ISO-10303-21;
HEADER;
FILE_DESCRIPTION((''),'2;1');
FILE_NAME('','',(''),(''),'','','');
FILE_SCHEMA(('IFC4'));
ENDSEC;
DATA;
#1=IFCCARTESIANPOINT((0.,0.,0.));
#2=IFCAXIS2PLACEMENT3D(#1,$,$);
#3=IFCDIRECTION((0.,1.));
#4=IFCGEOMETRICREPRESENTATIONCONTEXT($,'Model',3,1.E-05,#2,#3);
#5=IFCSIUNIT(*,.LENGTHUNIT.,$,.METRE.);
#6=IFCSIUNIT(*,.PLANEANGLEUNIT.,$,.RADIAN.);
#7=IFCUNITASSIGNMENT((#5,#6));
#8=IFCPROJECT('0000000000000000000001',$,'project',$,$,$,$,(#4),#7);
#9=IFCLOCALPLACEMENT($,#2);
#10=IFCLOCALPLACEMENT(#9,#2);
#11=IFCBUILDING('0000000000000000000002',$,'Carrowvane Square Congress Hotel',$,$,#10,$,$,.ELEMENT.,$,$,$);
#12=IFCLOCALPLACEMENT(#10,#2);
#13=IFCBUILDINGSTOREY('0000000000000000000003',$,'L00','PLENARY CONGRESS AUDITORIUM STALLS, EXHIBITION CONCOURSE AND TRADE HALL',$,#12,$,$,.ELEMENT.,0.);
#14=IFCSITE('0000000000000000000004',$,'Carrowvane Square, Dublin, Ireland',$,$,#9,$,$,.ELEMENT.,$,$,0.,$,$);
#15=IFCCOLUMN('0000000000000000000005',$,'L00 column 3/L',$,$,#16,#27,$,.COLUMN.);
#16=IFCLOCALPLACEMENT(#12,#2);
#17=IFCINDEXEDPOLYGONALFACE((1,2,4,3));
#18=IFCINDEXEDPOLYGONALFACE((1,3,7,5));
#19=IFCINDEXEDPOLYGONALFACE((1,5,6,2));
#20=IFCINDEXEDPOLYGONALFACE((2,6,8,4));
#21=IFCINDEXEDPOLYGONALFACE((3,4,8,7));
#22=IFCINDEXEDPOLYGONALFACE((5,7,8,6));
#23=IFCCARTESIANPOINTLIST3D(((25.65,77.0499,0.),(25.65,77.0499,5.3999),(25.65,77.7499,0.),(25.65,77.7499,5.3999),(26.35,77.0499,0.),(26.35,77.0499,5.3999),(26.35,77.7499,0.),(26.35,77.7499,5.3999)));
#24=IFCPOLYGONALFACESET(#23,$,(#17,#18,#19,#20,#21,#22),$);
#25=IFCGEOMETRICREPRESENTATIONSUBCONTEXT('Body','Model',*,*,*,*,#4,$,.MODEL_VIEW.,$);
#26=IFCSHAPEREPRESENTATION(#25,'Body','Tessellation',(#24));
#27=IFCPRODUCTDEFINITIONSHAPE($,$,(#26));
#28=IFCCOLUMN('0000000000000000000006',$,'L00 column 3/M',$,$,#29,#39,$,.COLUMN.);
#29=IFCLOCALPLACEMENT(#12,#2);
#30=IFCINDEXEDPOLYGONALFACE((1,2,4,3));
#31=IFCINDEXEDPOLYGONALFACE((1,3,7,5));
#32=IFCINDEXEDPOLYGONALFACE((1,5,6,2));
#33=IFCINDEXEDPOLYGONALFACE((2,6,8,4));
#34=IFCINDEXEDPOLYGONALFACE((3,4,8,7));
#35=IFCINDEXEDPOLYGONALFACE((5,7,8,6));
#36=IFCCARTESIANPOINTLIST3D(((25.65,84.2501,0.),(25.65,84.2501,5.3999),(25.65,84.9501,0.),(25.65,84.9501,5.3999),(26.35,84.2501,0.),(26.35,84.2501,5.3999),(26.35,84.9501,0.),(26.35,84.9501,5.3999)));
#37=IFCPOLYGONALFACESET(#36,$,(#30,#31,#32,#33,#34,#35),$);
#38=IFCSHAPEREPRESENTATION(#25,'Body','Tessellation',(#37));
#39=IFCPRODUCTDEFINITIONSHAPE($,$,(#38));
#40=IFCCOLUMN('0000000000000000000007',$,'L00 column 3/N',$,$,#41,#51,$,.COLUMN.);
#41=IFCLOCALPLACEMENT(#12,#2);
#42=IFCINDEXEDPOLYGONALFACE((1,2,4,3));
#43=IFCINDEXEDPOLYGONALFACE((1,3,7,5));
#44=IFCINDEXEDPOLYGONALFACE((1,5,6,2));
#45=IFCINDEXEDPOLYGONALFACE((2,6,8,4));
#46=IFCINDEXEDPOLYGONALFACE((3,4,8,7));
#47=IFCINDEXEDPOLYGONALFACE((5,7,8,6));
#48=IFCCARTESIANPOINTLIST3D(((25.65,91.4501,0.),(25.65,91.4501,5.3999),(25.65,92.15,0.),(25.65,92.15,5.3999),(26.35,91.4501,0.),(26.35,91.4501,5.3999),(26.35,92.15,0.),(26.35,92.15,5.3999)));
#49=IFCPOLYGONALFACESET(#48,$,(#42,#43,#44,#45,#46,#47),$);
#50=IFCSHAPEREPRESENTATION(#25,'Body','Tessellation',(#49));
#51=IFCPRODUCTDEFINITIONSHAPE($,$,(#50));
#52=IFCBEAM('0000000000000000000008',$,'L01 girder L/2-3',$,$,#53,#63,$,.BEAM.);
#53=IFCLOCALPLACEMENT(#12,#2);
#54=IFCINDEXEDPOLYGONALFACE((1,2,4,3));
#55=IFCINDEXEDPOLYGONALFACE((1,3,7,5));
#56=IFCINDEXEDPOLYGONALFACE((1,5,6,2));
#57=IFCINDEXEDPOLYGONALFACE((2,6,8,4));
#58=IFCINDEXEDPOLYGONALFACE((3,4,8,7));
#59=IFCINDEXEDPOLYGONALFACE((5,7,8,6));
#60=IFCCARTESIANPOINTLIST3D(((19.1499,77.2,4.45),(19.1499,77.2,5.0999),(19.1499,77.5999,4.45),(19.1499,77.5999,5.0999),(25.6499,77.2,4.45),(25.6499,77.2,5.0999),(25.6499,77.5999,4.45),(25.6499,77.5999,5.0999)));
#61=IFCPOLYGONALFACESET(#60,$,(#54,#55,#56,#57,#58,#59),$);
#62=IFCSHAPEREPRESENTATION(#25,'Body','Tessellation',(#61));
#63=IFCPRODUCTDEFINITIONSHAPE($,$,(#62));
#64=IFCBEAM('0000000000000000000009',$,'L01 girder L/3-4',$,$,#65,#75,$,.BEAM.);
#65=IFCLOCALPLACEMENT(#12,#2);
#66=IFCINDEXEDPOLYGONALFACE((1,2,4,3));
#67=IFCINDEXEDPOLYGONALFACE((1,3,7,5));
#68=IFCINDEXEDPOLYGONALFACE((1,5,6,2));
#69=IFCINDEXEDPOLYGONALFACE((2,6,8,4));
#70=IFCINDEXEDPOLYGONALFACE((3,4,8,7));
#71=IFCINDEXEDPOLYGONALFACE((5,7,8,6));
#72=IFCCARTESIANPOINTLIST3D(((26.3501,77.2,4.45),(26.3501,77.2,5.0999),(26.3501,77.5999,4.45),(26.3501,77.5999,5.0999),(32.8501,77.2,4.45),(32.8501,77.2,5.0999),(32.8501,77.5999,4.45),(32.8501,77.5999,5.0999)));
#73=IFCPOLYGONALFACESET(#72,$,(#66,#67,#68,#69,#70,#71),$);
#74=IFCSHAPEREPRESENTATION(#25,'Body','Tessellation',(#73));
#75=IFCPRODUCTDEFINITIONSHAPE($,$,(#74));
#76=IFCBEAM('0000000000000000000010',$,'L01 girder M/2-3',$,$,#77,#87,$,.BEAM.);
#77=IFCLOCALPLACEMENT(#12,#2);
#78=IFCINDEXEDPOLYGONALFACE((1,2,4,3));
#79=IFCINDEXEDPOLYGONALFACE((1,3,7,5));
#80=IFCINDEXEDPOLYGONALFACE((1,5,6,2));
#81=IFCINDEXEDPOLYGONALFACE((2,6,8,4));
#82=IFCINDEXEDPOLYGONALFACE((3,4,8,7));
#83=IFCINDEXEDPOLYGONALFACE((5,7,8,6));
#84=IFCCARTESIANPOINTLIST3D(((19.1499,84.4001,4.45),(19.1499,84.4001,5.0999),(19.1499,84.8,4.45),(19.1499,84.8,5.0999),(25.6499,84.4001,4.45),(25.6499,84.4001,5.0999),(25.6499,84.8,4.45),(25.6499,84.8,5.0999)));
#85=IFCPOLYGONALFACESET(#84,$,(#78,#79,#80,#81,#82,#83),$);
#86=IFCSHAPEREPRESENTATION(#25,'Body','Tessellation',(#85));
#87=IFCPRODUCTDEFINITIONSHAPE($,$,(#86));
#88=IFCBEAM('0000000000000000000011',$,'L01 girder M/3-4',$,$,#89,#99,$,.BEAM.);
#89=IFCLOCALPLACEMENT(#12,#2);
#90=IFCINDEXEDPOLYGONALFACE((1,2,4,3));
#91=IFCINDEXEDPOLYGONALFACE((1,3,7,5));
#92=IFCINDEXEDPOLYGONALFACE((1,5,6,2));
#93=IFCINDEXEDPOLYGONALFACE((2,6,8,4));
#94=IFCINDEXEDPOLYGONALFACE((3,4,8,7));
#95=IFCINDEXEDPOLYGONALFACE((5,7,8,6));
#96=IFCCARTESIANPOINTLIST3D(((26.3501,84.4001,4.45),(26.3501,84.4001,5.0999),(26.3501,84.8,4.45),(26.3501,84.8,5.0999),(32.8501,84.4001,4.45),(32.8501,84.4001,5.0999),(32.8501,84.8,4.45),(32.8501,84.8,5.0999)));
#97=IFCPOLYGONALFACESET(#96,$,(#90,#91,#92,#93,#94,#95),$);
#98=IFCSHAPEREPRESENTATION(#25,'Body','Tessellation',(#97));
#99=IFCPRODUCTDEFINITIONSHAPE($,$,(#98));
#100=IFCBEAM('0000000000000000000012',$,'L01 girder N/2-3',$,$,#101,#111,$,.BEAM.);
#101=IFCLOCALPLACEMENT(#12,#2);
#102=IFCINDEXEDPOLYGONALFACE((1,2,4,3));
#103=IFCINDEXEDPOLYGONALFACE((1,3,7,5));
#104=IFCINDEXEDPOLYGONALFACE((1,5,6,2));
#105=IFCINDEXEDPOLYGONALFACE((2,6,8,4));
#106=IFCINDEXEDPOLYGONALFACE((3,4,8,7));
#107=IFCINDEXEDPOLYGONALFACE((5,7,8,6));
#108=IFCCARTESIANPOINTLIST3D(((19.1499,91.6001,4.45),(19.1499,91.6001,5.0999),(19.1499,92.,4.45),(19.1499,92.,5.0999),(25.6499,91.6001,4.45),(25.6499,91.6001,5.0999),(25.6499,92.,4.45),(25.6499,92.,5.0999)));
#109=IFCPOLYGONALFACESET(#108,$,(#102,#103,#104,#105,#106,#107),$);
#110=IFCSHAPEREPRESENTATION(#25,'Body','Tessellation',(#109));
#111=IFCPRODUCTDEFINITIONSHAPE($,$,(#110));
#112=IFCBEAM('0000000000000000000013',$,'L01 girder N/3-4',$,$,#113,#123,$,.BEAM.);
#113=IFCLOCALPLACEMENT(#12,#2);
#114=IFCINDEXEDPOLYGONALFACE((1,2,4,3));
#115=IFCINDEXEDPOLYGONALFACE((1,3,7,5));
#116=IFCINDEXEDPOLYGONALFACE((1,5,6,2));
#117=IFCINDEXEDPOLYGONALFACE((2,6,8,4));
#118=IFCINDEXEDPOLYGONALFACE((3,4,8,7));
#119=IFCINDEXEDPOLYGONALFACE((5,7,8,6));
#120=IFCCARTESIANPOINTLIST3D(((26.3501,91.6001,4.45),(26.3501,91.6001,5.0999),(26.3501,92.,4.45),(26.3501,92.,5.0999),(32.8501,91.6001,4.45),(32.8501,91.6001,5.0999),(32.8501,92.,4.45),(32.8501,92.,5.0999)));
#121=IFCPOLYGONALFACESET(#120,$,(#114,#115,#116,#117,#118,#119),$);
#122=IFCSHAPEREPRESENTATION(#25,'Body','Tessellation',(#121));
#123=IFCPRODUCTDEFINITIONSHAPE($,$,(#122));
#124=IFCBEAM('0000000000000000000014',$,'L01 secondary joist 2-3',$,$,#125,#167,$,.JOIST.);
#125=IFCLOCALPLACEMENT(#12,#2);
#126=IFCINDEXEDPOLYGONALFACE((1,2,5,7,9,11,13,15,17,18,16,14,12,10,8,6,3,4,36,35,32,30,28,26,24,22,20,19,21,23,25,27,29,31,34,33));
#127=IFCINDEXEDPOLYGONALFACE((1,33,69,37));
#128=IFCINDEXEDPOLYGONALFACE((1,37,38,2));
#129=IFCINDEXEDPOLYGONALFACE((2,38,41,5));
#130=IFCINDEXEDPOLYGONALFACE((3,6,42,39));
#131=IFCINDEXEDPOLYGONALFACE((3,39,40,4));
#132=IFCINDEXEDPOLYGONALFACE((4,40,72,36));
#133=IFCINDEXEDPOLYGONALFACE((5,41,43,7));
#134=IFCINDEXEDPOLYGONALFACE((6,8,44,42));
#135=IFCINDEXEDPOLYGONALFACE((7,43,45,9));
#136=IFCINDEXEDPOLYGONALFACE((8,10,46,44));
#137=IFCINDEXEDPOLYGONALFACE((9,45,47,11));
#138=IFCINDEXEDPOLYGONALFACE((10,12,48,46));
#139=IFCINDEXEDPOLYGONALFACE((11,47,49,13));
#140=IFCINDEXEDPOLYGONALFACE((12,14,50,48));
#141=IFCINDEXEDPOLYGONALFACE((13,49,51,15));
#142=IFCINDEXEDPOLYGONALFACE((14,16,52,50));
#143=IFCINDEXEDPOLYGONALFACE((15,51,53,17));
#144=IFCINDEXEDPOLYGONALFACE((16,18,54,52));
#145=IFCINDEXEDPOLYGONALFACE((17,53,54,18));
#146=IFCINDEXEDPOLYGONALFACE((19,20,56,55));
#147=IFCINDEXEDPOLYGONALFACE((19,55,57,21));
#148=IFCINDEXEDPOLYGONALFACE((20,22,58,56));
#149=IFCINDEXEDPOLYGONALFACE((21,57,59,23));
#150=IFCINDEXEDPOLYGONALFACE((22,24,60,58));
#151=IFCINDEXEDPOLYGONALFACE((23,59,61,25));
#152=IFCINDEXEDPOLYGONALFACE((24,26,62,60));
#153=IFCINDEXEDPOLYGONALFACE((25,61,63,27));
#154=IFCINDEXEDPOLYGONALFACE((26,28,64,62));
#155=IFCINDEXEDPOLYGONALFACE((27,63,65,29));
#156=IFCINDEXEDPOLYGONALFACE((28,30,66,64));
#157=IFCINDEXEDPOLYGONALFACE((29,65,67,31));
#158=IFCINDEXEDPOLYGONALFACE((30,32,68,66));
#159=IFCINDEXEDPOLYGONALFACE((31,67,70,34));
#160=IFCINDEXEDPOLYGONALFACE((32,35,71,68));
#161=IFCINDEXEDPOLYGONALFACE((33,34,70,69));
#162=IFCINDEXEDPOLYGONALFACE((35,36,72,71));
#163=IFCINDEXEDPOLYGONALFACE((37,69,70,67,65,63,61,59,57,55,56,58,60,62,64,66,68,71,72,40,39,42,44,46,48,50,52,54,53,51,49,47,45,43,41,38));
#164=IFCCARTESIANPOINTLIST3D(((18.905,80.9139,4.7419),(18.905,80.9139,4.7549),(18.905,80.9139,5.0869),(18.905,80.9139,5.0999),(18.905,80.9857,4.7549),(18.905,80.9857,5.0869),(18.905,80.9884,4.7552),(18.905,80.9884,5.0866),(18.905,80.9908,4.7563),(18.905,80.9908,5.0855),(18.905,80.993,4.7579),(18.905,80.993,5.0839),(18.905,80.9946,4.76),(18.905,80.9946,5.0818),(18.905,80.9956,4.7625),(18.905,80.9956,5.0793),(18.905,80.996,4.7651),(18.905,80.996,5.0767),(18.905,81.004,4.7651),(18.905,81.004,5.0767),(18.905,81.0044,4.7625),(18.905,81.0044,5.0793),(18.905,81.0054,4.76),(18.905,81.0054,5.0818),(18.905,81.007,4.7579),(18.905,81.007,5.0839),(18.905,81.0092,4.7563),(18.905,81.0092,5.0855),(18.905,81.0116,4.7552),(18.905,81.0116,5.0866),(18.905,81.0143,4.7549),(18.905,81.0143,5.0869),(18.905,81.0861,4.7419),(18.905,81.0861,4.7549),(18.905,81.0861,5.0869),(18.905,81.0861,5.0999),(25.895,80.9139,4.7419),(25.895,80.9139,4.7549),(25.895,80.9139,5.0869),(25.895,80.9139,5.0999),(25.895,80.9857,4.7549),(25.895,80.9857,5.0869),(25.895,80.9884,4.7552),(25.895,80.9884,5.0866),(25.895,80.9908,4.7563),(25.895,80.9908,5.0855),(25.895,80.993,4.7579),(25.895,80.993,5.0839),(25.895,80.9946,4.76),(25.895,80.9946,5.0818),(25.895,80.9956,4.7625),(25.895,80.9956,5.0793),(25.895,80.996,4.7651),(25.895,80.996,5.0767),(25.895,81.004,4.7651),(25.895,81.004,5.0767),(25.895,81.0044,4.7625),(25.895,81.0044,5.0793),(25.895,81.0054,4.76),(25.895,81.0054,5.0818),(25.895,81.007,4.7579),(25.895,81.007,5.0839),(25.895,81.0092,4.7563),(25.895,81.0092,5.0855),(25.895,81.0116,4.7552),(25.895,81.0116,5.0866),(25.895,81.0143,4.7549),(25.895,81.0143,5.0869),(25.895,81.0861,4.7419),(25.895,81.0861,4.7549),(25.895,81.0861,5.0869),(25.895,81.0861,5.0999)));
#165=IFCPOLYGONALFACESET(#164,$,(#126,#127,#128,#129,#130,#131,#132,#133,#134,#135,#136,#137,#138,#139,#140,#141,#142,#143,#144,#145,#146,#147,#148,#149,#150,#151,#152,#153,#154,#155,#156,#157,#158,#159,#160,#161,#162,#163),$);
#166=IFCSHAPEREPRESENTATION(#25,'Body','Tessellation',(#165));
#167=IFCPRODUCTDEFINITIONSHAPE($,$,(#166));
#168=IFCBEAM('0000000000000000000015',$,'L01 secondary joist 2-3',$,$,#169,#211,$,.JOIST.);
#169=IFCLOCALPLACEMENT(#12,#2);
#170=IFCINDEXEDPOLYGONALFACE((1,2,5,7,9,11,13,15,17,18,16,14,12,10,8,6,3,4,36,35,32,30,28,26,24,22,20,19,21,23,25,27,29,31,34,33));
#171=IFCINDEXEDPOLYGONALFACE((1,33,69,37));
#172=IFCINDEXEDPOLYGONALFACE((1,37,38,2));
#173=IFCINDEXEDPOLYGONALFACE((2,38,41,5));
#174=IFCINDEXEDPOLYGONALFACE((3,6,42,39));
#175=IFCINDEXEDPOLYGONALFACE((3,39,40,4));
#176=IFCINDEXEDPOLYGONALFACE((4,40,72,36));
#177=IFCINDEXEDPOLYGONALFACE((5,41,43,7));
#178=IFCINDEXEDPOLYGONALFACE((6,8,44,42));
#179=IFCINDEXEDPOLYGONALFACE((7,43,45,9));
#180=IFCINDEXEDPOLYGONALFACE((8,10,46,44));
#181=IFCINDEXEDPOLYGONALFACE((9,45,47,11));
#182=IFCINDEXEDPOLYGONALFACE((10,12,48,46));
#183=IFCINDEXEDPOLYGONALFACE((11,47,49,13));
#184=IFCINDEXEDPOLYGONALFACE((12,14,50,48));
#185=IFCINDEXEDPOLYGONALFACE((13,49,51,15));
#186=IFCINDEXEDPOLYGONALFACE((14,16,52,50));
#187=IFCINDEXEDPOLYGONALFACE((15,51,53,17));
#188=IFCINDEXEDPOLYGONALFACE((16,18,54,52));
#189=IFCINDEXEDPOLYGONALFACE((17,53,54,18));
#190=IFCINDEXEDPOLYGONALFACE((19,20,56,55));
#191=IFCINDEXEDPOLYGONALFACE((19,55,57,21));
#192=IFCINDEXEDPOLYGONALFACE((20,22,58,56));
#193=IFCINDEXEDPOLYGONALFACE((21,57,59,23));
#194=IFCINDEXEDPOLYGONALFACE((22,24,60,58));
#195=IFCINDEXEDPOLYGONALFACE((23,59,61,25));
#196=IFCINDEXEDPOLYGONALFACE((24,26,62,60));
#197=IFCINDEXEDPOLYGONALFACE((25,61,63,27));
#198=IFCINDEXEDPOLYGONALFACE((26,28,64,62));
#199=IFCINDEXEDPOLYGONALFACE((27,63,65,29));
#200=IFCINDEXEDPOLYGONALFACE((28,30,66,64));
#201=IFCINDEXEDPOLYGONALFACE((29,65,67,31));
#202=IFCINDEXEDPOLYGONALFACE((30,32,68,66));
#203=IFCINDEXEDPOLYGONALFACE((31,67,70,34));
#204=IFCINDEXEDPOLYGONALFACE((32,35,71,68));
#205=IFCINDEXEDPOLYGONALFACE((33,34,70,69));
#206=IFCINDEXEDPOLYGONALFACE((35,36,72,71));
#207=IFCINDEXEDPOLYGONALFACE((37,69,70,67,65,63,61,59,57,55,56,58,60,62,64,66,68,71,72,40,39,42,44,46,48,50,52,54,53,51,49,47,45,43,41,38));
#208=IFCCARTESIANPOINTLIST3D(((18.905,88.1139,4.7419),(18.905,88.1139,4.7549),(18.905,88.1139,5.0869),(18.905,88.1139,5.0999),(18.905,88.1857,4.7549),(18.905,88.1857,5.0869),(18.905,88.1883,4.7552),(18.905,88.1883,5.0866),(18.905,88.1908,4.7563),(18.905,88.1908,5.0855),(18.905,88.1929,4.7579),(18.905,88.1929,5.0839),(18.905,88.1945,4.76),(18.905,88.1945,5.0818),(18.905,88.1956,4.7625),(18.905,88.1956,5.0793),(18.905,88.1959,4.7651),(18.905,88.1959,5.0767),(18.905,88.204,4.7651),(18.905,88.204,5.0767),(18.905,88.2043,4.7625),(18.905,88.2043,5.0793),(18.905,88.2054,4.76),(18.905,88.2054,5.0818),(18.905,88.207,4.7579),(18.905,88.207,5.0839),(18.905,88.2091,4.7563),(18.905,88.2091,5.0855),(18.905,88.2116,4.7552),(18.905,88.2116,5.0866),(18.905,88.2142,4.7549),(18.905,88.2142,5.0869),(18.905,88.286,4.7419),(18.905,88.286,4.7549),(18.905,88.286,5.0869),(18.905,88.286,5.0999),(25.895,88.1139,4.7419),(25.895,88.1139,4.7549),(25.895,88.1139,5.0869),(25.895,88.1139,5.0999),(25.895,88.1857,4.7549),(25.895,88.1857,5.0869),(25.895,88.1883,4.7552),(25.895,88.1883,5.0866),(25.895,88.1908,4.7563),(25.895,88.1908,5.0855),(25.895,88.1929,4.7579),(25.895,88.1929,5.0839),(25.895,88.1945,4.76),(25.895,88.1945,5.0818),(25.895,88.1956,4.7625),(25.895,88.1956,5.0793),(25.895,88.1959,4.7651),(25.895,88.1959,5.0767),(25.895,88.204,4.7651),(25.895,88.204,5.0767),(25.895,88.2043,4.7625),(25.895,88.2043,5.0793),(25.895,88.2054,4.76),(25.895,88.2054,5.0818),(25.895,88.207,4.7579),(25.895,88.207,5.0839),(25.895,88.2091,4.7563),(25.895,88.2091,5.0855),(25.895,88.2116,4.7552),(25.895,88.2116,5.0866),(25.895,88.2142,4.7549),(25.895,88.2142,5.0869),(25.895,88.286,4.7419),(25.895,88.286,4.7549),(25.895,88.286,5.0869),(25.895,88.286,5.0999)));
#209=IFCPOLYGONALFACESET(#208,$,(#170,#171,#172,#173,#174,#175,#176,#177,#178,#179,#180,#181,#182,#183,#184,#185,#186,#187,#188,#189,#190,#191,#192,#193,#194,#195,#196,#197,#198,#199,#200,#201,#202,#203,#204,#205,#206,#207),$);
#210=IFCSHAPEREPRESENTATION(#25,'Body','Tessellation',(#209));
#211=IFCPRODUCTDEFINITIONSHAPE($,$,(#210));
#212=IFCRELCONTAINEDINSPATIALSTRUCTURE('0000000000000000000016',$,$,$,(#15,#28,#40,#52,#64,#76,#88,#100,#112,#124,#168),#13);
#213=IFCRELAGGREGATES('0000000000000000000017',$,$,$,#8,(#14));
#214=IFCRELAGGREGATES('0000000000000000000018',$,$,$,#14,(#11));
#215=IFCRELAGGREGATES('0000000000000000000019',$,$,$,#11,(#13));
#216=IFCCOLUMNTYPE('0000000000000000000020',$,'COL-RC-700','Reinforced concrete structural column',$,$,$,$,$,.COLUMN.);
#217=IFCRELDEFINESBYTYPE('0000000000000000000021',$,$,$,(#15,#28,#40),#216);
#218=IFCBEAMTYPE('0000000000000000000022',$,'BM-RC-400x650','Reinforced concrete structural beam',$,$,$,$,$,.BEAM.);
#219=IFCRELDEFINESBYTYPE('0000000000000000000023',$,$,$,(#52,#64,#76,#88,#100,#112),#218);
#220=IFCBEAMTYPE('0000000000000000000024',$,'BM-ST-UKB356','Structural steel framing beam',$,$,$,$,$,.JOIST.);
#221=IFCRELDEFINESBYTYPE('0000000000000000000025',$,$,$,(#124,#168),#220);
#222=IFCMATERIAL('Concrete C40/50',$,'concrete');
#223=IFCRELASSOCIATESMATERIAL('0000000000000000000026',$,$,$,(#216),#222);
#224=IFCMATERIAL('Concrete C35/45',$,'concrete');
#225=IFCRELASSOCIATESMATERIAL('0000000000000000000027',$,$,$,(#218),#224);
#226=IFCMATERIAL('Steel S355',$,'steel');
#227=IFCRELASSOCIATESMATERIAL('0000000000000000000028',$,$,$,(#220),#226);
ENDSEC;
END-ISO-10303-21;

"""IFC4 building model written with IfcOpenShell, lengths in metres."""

from ifc_helpers import new_model, si_unit, direction, frame, origin, origin_2d, place, context, subcontext, project, spatial, rectangle, i_section, extrude, material, material_profile, profile_set, type_object, element, save


model = new_model("IFC4")

# Units and contexts
model_context = context("Model", 3, precision=1e-05, world=origin(), true_north=direction((0.0, 1.0)))
body_context = subcontext(model_context, "Body", "Model", "MODEL_VIEW")
ifc_project = project(units=[si_unit("LENGTHUNIT", "METRE"), si_unit("PLANEANGLEUNIT", "RADIAN")], contexts=[model_context])

# Site, building, storey
site_placement = place(None, origin())
site = spatial("IfcSite", under=ifc_project, at=site_placement, Name="Carrowvane Square, Dublin, Ireland", CompositionType="ELEMENT", RefElevation=0.0)
building_placement = place(site_placement, origin())
building = spatial("IfcBuilding", under=site, at=building_placement, Name="Carrowvane Square Congress Hotel", CompositionType="ELEMENT")
storey_placement = place(building_placement, origin())
storey = spatial("IfcBuildingStorey", under=building, at=storey_placement, Name="L00", Description="PLENARY CONGRESS AUDITORIUM STALLS, EXHIBITION CONCOURSE AND TRADE HALL", CompositionType="ELEMENT", Elevation=0.0)

# Columns
ifc_material_1 = material(Name="Concrete C40/50", Category="concrete")
ifc_material_profile_1 = material_profile(ifc_material_1, rectangle(XDim=0.7, YDim=0.7, at=origin_2d()), Name="RC 700x700")
ifc_profile_set_1 = profile_set([ifc_material_profile_1], Name="Concrete C40/50")
column_type = type_object("IfcColumnType", Name="COL-RC-700", Description="Reinforced concrete structural column", PredefinedType="COLUMN", material=ifc_profile_set_1)
for number, where, z_axis, x_axis, name in (
    (1, (26.0, 77.3999, 0.0), (0.0, 0.0, 1.0), (1.0, 0.0, 0.0), "L00 column 3/L"),
    (2, (26.0, 84.6001, 0.0), (0.0, 0.0, 1.0), (1.0, 0.0, 0.0), "L00 column 3/M"),
    (3, (26.0, 91.8, 0.0), (0.0, 0.0, 1.0), (1.0, 0.0, 0.0), "L00 column 3/N"),
):
    element("IfcColumn", number, at=place(storey_placement, frame(where, z_axis=z_axis, x_axis=x_axis)), inside=storey, type_object=column_type, Name=name, PredefinedType="COLUMN", context=body_context, shape_type="SweptSolid", body=[
        extrude(rectangle(XDim=0.7, YDim=0.7, at=origin_2d()), origin(), (0.0, 0.0, 1.0), 5.3999),
    ])

# Beams
ifc_material_2 = material(Name="Concrete C35/45", Category="concrete")
ifc_material_profile_2 = material_profile(ifc_material_2, rectangle(XDim=0.3999, YDim=0.6499, at=origin_2d()), Name="RC 400x650")
ifc_profile_set_2 = profile_set([ifc_material_profile_2], Name="Concrete C35/45")
beam_type_1 = type_object("IfcBeamType", Name="BM-RC-400x650", Description="Reinforced concrete structural beam", PredefinedType="BEAM", material=ifc_profile_set_2)
for number, where, z_axis, x_axis, name in (
    (4, (19.1499, 77.3999, 4.7749), (1.0, 0.0, 0.0), (0.0, 1.0, 0.0), "L01 girder L/2-3"),
    (5, (26.3501, 77.3999, 4.7749), (1.0, 0.0, 0.0), (0.0, 1.0, 0.0), "L01 girder L/3-4"),
    (6, (19.1499, 84.6001, 4.7749), (1.0, 0.0, 0.0), (0.0, 1.0, 0.0), "L01 girder M/2-3"),
    (7, (26.3501, 84.6001, 4.7749), (1.0, 0.0, 0.0), (0.0, 1.0, 0.0), "L01 girder M/3-4"),
    (8, (19.1499, 91.8, 4.7749), (1.0, 0.0, 0.0), (0.0, 1.0, 0.0), "L01 girder N/2-3"),
    (9, (26.3501, 91.8, 4.7749), (1.0, 0.0, 0.0), (0.0, 1.0, 0.0), "L01 girder N/3-4"),
):
    element("IfcBeam", number, at=place(storey_placement, frame(where, z_axis=z_axis, x_axis=x_axis)), inside=storey, type_object=beam_type_1, Name=name, PredefinedType="BEAM", context=body_context, shape_type="SweptSolid", body=[
        extrude(rectangle(XDim=0.3999, YDim=0.6499, at=origin_2d()), origin(), (0.0, 0.0, 1.0), 6.5),
    ])
ifc_material_3 = material(Name="Steel S355", Category="steel")
ifc_material_profile_3 = material_profile(ifc_material_3, i_section(OverallWidth=0.1721, OverallDepth=0.3579, WebThickness=0.0081, FlangeThickness=0.0129, FilletRadius=0.0103, at=origin_2d()), Name="UKB 356x171x57")
ifc_profile_set_3 = profile_set([ifc_material_profile_3], Name="Steel S355")
beam_type_2 = type_object("IfcBeamType", Name="BM-ST-UKB356", Description="Structural steel framing beam", PredefinedType="JOIST", material=ifc_profile_set_3)
for number, where, z_axis, x_axis, name in (
    (10, (18.905, 81.0, 4.9209), (1.0, 0.0, 0.0), (0.0, 1.0, 0.0), "L01 secondary joist 2-3"),
    (11, (18.905, 88.2, 4.9209), (1.0, 0.0, 0.0), (0.0, 1.0, 0.0), "L01 secondary joist 2-3"),
):
    element("IfcBeam", number, at=place(storey_placement, frame(where, z_axis=z_axis, x_axis=x_axis)), inside=storey, type_object=beam_type_2, Name=name, PredefinedType="JOIST", context=body_context, shape_type="SweptSolid", body=[
        extrude(i_section(OverallWidth=0.1721, OverallDepth=0.3579, WebThickness=0.0081, FlangeThickness=0.0129, FilletRadius=0.0103, at=origin_2d()), origin(), (0.0, 0.0, 1.0), 6.99),
    ])

save(model, "model.ifc")
